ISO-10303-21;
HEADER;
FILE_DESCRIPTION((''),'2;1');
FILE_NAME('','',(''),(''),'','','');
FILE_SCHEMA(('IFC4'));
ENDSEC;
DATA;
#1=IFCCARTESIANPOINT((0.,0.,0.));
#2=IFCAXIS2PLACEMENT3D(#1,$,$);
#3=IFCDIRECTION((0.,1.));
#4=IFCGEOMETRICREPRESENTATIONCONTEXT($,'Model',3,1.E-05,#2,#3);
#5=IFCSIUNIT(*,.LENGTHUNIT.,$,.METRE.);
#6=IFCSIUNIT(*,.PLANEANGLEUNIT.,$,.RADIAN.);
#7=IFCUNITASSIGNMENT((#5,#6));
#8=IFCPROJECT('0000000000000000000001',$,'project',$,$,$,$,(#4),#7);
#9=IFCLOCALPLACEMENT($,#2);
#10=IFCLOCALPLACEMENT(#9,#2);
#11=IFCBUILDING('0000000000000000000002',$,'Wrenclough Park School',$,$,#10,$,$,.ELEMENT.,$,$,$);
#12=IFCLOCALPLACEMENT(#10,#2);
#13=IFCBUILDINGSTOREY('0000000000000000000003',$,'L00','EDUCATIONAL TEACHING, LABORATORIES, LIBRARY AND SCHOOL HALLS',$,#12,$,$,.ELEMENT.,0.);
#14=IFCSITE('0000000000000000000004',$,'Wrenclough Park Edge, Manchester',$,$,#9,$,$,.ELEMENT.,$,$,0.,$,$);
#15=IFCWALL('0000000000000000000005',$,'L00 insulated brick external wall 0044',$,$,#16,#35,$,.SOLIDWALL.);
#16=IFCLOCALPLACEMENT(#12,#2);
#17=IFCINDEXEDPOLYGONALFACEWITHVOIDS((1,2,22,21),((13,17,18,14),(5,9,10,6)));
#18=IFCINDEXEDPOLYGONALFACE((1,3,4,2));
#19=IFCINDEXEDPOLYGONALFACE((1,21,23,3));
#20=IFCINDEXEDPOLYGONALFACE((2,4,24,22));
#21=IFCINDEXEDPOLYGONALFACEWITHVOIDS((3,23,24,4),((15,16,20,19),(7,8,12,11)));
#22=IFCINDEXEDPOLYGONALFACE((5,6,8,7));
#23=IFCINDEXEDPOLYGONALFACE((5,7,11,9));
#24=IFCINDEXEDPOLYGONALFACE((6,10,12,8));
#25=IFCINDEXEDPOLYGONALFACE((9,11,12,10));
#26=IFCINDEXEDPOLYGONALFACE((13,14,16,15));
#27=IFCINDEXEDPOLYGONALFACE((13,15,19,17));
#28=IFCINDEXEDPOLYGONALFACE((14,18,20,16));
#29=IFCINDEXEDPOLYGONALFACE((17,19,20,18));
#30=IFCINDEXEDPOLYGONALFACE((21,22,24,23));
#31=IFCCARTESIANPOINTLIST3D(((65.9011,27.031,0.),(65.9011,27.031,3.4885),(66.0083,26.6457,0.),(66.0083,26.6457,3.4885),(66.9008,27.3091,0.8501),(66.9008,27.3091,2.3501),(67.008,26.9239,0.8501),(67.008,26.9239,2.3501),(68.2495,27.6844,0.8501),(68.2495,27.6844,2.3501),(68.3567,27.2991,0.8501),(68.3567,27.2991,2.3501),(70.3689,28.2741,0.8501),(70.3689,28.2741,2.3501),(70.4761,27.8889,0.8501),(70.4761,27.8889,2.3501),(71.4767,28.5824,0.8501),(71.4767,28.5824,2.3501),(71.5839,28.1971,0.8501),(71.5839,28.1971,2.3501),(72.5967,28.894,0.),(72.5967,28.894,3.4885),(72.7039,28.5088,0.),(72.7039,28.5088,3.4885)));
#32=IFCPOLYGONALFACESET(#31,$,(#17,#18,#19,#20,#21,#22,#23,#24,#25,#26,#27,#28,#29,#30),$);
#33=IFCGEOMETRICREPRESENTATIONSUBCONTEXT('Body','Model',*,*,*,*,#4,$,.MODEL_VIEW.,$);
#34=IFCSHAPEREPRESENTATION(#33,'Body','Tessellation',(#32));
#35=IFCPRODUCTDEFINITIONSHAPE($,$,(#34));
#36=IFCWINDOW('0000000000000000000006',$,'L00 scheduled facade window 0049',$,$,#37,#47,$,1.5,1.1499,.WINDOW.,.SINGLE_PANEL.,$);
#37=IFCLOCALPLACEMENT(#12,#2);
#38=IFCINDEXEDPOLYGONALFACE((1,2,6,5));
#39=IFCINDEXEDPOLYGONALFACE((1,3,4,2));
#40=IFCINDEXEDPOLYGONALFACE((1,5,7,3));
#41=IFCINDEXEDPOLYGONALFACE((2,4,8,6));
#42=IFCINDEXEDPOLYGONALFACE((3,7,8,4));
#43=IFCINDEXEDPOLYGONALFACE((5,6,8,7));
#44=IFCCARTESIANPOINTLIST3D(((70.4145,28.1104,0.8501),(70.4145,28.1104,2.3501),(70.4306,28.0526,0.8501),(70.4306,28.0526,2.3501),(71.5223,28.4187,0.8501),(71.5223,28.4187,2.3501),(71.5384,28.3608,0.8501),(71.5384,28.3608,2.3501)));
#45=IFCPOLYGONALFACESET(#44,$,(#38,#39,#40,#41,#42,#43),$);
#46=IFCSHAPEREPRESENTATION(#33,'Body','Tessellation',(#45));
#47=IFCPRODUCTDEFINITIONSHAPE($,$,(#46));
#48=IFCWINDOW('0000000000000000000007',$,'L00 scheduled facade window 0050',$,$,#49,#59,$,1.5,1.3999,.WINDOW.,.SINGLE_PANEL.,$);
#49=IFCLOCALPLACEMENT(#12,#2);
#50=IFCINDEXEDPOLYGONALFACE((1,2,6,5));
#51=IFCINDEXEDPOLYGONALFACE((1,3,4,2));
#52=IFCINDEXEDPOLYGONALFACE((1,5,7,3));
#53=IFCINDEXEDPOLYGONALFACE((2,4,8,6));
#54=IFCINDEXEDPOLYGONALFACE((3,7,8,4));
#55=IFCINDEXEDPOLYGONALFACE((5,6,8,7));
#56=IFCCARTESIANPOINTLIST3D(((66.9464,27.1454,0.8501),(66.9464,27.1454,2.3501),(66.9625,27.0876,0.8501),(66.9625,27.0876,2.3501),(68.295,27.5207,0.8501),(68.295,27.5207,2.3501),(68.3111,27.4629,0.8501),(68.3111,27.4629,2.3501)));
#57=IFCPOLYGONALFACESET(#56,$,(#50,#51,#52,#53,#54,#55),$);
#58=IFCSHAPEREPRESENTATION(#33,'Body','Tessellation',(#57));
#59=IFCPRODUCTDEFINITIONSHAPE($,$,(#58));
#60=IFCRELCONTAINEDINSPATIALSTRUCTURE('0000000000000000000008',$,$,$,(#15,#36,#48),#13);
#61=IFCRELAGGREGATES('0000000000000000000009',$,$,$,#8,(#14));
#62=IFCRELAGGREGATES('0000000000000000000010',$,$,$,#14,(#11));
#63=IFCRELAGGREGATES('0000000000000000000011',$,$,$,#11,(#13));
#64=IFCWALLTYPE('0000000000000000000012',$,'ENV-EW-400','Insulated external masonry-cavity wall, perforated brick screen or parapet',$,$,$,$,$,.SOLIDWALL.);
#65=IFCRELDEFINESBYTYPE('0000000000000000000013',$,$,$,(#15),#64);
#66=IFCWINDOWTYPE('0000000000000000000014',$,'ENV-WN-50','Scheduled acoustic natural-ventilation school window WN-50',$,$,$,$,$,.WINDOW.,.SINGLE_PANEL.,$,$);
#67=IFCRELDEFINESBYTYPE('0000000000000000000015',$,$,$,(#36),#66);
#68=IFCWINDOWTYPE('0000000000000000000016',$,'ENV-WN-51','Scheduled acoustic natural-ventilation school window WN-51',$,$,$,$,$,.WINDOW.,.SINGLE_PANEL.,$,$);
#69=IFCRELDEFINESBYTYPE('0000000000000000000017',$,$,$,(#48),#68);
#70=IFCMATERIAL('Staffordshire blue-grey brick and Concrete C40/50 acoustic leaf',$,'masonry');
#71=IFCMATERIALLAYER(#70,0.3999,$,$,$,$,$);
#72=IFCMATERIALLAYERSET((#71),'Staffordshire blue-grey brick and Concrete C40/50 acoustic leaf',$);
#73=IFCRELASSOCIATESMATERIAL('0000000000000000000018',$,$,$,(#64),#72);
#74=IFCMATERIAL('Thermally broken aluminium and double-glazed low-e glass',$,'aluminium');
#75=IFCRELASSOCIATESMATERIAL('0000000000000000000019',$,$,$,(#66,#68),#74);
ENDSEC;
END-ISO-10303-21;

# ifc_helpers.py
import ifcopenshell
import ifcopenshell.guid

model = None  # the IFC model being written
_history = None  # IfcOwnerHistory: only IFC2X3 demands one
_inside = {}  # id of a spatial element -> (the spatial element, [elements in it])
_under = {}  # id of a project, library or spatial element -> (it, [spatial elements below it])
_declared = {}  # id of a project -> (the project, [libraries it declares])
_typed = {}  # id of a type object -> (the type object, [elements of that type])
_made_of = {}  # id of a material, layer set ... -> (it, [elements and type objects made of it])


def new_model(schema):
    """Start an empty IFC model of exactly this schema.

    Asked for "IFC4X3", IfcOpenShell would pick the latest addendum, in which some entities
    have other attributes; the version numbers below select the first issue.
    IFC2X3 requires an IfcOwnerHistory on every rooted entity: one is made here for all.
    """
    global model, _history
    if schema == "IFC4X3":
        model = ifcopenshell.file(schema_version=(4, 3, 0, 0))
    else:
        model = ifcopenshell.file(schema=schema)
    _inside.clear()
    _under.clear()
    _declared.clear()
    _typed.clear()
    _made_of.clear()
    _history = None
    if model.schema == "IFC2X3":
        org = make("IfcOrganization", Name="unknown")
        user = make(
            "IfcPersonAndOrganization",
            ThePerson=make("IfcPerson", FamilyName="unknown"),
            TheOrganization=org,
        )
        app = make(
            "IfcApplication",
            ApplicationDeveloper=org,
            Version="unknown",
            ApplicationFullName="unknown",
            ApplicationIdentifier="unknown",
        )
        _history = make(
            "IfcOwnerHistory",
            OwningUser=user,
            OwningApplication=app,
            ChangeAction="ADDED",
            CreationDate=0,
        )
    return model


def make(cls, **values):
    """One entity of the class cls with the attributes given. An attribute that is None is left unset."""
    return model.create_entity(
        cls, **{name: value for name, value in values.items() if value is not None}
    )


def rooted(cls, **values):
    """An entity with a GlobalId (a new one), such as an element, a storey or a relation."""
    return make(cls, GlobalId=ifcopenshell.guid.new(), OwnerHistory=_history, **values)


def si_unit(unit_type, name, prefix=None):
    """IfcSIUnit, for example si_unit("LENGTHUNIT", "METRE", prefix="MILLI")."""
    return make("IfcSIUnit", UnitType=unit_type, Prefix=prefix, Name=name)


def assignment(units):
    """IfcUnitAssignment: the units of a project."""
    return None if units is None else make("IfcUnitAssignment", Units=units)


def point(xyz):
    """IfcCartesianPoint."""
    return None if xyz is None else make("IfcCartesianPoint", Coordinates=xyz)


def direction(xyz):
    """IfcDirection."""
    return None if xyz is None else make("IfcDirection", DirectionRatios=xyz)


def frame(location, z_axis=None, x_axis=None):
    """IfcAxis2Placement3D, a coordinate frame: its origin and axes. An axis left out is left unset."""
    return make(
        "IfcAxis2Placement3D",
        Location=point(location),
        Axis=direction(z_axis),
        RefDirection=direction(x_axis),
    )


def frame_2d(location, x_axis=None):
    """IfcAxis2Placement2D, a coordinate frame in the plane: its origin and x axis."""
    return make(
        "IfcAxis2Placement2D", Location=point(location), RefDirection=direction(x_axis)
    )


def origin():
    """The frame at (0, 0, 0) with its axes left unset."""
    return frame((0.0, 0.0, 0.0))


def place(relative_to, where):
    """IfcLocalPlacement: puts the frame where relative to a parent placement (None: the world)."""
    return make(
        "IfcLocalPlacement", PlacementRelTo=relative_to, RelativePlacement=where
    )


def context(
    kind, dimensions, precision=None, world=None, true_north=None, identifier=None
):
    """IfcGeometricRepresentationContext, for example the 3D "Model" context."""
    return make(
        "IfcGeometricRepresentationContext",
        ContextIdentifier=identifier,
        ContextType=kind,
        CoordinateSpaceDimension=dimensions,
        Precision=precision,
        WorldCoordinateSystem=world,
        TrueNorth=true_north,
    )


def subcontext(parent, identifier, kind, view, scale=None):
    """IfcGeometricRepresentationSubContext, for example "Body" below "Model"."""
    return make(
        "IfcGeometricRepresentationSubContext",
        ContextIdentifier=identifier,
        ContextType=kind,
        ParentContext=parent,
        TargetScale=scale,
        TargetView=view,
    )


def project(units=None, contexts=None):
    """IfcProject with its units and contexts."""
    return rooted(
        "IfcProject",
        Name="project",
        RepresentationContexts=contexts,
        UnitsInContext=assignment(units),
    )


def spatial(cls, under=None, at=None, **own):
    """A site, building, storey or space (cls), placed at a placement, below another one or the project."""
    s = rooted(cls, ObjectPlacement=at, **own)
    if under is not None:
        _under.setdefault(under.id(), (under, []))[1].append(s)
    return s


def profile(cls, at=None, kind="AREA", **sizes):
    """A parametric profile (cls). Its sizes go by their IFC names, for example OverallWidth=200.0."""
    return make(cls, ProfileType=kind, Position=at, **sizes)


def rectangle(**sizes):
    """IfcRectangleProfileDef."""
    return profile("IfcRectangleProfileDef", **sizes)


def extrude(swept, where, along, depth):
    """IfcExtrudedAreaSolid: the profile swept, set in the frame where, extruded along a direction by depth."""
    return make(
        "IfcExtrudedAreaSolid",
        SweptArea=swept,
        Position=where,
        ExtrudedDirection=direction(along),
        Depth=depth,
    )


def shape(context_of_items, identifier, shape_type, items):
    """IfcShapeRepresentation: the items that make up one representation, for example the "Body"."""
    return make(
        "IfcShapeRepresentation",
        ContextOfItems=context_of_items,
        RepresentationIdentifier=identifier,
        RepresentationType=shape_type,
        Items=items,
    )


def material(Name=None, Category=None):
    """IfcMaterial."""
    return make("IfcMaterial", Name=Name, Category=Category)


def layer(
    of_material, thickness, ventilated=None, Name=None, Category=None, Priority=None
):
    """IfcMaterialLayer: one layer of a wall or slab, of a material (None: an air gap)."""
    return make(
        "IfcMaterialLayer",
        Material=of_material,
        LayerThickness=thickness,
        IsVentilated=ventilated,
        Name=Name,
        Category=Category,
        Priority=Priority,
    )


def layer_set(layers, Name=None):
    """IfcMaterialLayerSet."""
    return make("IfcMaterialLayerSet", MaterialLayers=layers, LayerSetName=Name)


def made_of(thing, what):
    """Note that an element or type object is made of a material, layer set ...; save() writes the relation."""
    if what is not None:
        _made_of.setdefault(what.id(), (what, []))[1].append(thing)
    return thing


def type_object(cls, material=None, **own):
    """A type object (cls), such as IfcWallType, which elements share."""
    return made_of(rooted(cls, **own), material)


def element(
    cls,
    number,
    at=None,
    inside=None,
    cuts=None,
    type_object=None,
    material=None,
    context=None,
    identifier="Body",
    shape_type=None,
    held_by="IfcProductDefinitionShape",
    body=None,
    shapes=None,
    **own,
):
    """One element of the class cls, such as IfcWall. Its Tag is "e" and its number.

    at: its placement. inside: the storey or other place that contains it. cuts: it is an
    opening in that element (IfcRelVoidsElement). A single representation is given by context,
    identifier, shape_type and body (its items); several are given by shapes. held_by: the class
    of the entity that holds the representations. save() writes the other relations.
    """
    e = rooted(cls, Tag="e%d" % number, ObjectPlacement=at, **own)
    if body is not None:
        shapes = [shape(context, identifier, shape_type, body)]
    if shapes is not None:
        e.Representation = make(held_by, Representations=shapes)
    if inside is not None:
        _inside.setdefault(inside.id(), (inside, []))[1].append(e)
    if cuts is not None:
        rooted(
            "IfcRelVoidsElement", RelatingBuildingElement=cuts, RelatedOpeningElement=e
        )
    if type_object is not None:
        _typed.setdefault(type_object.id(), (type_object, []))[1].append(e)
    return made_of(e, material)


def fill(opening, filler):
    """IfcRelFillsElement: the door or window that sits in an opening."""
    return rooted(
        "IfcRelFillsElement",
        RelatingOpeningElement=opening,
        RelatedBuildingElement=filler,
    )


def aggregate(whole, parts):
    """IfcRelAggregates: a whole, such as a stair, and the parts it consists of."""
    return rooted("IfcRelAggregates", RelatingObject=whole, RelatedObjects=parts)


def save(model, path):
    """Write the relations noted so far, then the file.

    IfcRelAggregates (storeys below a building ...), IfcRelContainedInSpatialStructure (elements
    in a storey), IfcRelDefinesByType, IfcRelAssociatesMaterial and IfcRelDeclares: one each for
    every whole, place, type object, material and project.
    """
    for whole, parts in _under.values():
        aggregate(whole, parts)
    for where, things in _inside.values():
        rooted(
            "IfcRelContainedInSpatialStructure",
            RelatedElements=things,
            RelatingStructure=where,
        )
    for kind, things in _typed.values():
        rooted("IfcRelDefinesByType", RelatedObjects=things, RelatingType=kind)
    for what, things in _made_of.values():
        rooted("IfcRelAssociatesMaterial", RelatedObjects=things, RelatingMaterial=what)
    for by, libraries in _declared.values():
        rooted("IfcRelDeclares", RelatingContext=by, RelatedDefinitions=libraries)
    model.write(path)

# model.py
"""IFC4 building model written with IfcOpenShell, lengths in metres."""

from ifc_helpers import new_model, si_unit, direction, frame, frame_2d, origin, place, context, subcontext, project, spatial, rectangle, extrude, material, layer, layer_set, type_object, element, fill, save


model = new_model("IFC4")

# Units and contexts
model_context = context("Model", 3, precision=1e-05, world=origin(), true_north=direction((0.0, 1.0)))
body_context = subcontext(model_context, "Body", "Model", "MODEL_VIEW")
ifc_project = project(units=[si_unit("LENGTHUNIT", "METRE"), si_unit("PLANEANGLEUNIT", "RADIAN")], contexts=[model_context])

# Site, building, storey
site_placement = place(None, origin())
site = spatial("IfcSite", under=ifc_project, at=site_placement, Name="Wrenclough Park Edge, Manchester", CompositionType="ELEMENT", RefElevation=0.0)
building_placement = place(site_placement, origin())
building = spatial("IfcBuilding", under=site, at=building_placement, Name="Wrenclough Park School", CompositionType="ELEMENT")
storey_placement = place(building_placement, origin())
storey = spatial("IfcBuildingStorey", under=building, at=storey_placement, Name="L00", Description="EDUCATIONAL TEACHING, LABORATORIES, LIBRARY AND SCHOOL HALLS", CompositionType="ELEMENT", Elevation=0.0)

# Wall, openings, windows
ifc_material_1 = material(Name="Staffordshire blue-grey brick and Concrete C40/50 acoustic leaf", Category="masonry")
ifc_layer_1 = layer(ifc_material_1, 0.3999)
ifc_layer_set_1 = layer_set([ifc_layer_1], Name="Staffordshire blue-grey brick and Concrete C40/50 acoustic leaf")
wall_type = type_object("IfcWallType", Name="ENV-EW-400", Description="Insulated external masonry-cavity wall, perforated brick screen or parapet", PredefinedType="SOLIDWALL", material=ifc_layer_set_1)
wall_placement = place(storey_placement, frame((72.6504, 28.7014, 0.0), z_axis=(0.0, 0.0, 1.0), x_axis=(-0.963401, -0.268066, 0.0)))
wall = element("IfcWall", 1, at=wall_placement, inside=storey, type_object=wall_type, Name="L00 insulated brick external wall 0044", PredefinedType="SOLIDWALL", context=body_context, shape_type="SweptSolid", body=[
    extrude(rectangle(XDim=6.95, YDim=0.3999, at=frame_2d((3.4751, 0.0))), origin(), (0.0, 0.0, 1.0), 3.4885),
])
opening_1_placement = place(wall_placement, frame((1.1626, 0.0, 0.8501)))
opening_1 = element("IfcOpeningElement", 2, at=opening_1_placement, cuts=wall, PredefinedType="OPENING", context=body_context, shape_type="SweptSolid", body=[
    extrude(rectangle(XDim=1.1499, YDim=1.5, at=frame_2d((0.575, 0.75))), frame((0.0, 0.21, 0.0), z_axis=(0.0, -1.0, 0.0), x_axis=(1.0, 0.0, 0.0)), (0.0, 0.0, 1.0), 0.4199),
])
opening_2_placement = place(wall_placement, frame((4.5125, 0.0, 0.8501)))
opening_2 = element("IfcOpeningElement", 3, at=opening_2_placement, cuts=wall, PredefinedType="OPENING", context=body_context, shape_type="SweptSolid", body=[
    extrude(rectangle(XDim=1.3999, YDim=1.5, at=frame_2d((0.7, 0.75))), frame((0.0, 0.21, 0.0), z_axis=(0.0, -1.0, 0.0), x_axis=(1.0, 0.0, 0.0)), (0.0, 0.0, 1.0), 0.4199),
])
ifc_material_2 = material(Name="Thermally broken aluminium and double-glazed low-e glass", Category="aluminium")
window_type_1 = type_object("IfcWindowType", Name="ENV-WN-50", Description="Scheduled acoustic natural-ventilation school window WN-50", PartitioningType="SINGLE_PANEL", PredefinedType="WINDOW", material=ifc_material_2)
window_1_placement = place(opening_1_placement, origin())
window_1 = element("IfcWindow", 4, at=window_1_placement, inside=storey, type_object=window_type_1, Name="L00 scheduled facade window 0049", OverallHeight=1.5, OverallWidth=1.1499, PartitioningType="SINGLE_PANEL", PredefinedType="WINDOW", context=body_context, shape_type="SweptSolid", body=[
    extrude(rectangle(XDim=1.1499, YDim=1.5, at=frame_2d((0.575, 0.75))), frame((0.0, 0.03, 0.0), z_axis=(0.0, -1.0, 0.0), x_axis=(1.0, 0.0, 0.0)), (0.0, 0.0, 1.0), 0.0601),
])
fill(opening_1, window_1)
window_type_2 = type_object("IfcWindowType", Name="ENV-WN-51", Description="Scheduled acoustic natural-ventilation school window WN-51", PartitioningType="SINGLE_PANEL", PredefinedType="WINDOW", material=ifc_material_2)
window_2_placement = place(opening_2_placement, origin())
window_2 = element("IfcWindow", 5, at=window_2_placement, inside=storey, type_object=window_type_2, Name="L00 scheduled facade window 0050", OverallHeight=1.5, OverallWidth=1.3999, PartitioningType="SINGLE_PANEL", PredefinedType="WINDOW", context=body_context, shape_type="SweptSolid", body=[
    extrude(rectangle(XDim=1.3999, YDim=1.5, at=frame_2d((0.7, 0.75))), frame((0.0, 0.03, 0.0), z_axis=(0.0, -1.0, 0.0), x_axis=(1.0, 0.0, 0.0)), (0.0, 0.0, 1.0), 0.0601),
])
fill(opening_2, window_2)

save(model, "model.ifc")
